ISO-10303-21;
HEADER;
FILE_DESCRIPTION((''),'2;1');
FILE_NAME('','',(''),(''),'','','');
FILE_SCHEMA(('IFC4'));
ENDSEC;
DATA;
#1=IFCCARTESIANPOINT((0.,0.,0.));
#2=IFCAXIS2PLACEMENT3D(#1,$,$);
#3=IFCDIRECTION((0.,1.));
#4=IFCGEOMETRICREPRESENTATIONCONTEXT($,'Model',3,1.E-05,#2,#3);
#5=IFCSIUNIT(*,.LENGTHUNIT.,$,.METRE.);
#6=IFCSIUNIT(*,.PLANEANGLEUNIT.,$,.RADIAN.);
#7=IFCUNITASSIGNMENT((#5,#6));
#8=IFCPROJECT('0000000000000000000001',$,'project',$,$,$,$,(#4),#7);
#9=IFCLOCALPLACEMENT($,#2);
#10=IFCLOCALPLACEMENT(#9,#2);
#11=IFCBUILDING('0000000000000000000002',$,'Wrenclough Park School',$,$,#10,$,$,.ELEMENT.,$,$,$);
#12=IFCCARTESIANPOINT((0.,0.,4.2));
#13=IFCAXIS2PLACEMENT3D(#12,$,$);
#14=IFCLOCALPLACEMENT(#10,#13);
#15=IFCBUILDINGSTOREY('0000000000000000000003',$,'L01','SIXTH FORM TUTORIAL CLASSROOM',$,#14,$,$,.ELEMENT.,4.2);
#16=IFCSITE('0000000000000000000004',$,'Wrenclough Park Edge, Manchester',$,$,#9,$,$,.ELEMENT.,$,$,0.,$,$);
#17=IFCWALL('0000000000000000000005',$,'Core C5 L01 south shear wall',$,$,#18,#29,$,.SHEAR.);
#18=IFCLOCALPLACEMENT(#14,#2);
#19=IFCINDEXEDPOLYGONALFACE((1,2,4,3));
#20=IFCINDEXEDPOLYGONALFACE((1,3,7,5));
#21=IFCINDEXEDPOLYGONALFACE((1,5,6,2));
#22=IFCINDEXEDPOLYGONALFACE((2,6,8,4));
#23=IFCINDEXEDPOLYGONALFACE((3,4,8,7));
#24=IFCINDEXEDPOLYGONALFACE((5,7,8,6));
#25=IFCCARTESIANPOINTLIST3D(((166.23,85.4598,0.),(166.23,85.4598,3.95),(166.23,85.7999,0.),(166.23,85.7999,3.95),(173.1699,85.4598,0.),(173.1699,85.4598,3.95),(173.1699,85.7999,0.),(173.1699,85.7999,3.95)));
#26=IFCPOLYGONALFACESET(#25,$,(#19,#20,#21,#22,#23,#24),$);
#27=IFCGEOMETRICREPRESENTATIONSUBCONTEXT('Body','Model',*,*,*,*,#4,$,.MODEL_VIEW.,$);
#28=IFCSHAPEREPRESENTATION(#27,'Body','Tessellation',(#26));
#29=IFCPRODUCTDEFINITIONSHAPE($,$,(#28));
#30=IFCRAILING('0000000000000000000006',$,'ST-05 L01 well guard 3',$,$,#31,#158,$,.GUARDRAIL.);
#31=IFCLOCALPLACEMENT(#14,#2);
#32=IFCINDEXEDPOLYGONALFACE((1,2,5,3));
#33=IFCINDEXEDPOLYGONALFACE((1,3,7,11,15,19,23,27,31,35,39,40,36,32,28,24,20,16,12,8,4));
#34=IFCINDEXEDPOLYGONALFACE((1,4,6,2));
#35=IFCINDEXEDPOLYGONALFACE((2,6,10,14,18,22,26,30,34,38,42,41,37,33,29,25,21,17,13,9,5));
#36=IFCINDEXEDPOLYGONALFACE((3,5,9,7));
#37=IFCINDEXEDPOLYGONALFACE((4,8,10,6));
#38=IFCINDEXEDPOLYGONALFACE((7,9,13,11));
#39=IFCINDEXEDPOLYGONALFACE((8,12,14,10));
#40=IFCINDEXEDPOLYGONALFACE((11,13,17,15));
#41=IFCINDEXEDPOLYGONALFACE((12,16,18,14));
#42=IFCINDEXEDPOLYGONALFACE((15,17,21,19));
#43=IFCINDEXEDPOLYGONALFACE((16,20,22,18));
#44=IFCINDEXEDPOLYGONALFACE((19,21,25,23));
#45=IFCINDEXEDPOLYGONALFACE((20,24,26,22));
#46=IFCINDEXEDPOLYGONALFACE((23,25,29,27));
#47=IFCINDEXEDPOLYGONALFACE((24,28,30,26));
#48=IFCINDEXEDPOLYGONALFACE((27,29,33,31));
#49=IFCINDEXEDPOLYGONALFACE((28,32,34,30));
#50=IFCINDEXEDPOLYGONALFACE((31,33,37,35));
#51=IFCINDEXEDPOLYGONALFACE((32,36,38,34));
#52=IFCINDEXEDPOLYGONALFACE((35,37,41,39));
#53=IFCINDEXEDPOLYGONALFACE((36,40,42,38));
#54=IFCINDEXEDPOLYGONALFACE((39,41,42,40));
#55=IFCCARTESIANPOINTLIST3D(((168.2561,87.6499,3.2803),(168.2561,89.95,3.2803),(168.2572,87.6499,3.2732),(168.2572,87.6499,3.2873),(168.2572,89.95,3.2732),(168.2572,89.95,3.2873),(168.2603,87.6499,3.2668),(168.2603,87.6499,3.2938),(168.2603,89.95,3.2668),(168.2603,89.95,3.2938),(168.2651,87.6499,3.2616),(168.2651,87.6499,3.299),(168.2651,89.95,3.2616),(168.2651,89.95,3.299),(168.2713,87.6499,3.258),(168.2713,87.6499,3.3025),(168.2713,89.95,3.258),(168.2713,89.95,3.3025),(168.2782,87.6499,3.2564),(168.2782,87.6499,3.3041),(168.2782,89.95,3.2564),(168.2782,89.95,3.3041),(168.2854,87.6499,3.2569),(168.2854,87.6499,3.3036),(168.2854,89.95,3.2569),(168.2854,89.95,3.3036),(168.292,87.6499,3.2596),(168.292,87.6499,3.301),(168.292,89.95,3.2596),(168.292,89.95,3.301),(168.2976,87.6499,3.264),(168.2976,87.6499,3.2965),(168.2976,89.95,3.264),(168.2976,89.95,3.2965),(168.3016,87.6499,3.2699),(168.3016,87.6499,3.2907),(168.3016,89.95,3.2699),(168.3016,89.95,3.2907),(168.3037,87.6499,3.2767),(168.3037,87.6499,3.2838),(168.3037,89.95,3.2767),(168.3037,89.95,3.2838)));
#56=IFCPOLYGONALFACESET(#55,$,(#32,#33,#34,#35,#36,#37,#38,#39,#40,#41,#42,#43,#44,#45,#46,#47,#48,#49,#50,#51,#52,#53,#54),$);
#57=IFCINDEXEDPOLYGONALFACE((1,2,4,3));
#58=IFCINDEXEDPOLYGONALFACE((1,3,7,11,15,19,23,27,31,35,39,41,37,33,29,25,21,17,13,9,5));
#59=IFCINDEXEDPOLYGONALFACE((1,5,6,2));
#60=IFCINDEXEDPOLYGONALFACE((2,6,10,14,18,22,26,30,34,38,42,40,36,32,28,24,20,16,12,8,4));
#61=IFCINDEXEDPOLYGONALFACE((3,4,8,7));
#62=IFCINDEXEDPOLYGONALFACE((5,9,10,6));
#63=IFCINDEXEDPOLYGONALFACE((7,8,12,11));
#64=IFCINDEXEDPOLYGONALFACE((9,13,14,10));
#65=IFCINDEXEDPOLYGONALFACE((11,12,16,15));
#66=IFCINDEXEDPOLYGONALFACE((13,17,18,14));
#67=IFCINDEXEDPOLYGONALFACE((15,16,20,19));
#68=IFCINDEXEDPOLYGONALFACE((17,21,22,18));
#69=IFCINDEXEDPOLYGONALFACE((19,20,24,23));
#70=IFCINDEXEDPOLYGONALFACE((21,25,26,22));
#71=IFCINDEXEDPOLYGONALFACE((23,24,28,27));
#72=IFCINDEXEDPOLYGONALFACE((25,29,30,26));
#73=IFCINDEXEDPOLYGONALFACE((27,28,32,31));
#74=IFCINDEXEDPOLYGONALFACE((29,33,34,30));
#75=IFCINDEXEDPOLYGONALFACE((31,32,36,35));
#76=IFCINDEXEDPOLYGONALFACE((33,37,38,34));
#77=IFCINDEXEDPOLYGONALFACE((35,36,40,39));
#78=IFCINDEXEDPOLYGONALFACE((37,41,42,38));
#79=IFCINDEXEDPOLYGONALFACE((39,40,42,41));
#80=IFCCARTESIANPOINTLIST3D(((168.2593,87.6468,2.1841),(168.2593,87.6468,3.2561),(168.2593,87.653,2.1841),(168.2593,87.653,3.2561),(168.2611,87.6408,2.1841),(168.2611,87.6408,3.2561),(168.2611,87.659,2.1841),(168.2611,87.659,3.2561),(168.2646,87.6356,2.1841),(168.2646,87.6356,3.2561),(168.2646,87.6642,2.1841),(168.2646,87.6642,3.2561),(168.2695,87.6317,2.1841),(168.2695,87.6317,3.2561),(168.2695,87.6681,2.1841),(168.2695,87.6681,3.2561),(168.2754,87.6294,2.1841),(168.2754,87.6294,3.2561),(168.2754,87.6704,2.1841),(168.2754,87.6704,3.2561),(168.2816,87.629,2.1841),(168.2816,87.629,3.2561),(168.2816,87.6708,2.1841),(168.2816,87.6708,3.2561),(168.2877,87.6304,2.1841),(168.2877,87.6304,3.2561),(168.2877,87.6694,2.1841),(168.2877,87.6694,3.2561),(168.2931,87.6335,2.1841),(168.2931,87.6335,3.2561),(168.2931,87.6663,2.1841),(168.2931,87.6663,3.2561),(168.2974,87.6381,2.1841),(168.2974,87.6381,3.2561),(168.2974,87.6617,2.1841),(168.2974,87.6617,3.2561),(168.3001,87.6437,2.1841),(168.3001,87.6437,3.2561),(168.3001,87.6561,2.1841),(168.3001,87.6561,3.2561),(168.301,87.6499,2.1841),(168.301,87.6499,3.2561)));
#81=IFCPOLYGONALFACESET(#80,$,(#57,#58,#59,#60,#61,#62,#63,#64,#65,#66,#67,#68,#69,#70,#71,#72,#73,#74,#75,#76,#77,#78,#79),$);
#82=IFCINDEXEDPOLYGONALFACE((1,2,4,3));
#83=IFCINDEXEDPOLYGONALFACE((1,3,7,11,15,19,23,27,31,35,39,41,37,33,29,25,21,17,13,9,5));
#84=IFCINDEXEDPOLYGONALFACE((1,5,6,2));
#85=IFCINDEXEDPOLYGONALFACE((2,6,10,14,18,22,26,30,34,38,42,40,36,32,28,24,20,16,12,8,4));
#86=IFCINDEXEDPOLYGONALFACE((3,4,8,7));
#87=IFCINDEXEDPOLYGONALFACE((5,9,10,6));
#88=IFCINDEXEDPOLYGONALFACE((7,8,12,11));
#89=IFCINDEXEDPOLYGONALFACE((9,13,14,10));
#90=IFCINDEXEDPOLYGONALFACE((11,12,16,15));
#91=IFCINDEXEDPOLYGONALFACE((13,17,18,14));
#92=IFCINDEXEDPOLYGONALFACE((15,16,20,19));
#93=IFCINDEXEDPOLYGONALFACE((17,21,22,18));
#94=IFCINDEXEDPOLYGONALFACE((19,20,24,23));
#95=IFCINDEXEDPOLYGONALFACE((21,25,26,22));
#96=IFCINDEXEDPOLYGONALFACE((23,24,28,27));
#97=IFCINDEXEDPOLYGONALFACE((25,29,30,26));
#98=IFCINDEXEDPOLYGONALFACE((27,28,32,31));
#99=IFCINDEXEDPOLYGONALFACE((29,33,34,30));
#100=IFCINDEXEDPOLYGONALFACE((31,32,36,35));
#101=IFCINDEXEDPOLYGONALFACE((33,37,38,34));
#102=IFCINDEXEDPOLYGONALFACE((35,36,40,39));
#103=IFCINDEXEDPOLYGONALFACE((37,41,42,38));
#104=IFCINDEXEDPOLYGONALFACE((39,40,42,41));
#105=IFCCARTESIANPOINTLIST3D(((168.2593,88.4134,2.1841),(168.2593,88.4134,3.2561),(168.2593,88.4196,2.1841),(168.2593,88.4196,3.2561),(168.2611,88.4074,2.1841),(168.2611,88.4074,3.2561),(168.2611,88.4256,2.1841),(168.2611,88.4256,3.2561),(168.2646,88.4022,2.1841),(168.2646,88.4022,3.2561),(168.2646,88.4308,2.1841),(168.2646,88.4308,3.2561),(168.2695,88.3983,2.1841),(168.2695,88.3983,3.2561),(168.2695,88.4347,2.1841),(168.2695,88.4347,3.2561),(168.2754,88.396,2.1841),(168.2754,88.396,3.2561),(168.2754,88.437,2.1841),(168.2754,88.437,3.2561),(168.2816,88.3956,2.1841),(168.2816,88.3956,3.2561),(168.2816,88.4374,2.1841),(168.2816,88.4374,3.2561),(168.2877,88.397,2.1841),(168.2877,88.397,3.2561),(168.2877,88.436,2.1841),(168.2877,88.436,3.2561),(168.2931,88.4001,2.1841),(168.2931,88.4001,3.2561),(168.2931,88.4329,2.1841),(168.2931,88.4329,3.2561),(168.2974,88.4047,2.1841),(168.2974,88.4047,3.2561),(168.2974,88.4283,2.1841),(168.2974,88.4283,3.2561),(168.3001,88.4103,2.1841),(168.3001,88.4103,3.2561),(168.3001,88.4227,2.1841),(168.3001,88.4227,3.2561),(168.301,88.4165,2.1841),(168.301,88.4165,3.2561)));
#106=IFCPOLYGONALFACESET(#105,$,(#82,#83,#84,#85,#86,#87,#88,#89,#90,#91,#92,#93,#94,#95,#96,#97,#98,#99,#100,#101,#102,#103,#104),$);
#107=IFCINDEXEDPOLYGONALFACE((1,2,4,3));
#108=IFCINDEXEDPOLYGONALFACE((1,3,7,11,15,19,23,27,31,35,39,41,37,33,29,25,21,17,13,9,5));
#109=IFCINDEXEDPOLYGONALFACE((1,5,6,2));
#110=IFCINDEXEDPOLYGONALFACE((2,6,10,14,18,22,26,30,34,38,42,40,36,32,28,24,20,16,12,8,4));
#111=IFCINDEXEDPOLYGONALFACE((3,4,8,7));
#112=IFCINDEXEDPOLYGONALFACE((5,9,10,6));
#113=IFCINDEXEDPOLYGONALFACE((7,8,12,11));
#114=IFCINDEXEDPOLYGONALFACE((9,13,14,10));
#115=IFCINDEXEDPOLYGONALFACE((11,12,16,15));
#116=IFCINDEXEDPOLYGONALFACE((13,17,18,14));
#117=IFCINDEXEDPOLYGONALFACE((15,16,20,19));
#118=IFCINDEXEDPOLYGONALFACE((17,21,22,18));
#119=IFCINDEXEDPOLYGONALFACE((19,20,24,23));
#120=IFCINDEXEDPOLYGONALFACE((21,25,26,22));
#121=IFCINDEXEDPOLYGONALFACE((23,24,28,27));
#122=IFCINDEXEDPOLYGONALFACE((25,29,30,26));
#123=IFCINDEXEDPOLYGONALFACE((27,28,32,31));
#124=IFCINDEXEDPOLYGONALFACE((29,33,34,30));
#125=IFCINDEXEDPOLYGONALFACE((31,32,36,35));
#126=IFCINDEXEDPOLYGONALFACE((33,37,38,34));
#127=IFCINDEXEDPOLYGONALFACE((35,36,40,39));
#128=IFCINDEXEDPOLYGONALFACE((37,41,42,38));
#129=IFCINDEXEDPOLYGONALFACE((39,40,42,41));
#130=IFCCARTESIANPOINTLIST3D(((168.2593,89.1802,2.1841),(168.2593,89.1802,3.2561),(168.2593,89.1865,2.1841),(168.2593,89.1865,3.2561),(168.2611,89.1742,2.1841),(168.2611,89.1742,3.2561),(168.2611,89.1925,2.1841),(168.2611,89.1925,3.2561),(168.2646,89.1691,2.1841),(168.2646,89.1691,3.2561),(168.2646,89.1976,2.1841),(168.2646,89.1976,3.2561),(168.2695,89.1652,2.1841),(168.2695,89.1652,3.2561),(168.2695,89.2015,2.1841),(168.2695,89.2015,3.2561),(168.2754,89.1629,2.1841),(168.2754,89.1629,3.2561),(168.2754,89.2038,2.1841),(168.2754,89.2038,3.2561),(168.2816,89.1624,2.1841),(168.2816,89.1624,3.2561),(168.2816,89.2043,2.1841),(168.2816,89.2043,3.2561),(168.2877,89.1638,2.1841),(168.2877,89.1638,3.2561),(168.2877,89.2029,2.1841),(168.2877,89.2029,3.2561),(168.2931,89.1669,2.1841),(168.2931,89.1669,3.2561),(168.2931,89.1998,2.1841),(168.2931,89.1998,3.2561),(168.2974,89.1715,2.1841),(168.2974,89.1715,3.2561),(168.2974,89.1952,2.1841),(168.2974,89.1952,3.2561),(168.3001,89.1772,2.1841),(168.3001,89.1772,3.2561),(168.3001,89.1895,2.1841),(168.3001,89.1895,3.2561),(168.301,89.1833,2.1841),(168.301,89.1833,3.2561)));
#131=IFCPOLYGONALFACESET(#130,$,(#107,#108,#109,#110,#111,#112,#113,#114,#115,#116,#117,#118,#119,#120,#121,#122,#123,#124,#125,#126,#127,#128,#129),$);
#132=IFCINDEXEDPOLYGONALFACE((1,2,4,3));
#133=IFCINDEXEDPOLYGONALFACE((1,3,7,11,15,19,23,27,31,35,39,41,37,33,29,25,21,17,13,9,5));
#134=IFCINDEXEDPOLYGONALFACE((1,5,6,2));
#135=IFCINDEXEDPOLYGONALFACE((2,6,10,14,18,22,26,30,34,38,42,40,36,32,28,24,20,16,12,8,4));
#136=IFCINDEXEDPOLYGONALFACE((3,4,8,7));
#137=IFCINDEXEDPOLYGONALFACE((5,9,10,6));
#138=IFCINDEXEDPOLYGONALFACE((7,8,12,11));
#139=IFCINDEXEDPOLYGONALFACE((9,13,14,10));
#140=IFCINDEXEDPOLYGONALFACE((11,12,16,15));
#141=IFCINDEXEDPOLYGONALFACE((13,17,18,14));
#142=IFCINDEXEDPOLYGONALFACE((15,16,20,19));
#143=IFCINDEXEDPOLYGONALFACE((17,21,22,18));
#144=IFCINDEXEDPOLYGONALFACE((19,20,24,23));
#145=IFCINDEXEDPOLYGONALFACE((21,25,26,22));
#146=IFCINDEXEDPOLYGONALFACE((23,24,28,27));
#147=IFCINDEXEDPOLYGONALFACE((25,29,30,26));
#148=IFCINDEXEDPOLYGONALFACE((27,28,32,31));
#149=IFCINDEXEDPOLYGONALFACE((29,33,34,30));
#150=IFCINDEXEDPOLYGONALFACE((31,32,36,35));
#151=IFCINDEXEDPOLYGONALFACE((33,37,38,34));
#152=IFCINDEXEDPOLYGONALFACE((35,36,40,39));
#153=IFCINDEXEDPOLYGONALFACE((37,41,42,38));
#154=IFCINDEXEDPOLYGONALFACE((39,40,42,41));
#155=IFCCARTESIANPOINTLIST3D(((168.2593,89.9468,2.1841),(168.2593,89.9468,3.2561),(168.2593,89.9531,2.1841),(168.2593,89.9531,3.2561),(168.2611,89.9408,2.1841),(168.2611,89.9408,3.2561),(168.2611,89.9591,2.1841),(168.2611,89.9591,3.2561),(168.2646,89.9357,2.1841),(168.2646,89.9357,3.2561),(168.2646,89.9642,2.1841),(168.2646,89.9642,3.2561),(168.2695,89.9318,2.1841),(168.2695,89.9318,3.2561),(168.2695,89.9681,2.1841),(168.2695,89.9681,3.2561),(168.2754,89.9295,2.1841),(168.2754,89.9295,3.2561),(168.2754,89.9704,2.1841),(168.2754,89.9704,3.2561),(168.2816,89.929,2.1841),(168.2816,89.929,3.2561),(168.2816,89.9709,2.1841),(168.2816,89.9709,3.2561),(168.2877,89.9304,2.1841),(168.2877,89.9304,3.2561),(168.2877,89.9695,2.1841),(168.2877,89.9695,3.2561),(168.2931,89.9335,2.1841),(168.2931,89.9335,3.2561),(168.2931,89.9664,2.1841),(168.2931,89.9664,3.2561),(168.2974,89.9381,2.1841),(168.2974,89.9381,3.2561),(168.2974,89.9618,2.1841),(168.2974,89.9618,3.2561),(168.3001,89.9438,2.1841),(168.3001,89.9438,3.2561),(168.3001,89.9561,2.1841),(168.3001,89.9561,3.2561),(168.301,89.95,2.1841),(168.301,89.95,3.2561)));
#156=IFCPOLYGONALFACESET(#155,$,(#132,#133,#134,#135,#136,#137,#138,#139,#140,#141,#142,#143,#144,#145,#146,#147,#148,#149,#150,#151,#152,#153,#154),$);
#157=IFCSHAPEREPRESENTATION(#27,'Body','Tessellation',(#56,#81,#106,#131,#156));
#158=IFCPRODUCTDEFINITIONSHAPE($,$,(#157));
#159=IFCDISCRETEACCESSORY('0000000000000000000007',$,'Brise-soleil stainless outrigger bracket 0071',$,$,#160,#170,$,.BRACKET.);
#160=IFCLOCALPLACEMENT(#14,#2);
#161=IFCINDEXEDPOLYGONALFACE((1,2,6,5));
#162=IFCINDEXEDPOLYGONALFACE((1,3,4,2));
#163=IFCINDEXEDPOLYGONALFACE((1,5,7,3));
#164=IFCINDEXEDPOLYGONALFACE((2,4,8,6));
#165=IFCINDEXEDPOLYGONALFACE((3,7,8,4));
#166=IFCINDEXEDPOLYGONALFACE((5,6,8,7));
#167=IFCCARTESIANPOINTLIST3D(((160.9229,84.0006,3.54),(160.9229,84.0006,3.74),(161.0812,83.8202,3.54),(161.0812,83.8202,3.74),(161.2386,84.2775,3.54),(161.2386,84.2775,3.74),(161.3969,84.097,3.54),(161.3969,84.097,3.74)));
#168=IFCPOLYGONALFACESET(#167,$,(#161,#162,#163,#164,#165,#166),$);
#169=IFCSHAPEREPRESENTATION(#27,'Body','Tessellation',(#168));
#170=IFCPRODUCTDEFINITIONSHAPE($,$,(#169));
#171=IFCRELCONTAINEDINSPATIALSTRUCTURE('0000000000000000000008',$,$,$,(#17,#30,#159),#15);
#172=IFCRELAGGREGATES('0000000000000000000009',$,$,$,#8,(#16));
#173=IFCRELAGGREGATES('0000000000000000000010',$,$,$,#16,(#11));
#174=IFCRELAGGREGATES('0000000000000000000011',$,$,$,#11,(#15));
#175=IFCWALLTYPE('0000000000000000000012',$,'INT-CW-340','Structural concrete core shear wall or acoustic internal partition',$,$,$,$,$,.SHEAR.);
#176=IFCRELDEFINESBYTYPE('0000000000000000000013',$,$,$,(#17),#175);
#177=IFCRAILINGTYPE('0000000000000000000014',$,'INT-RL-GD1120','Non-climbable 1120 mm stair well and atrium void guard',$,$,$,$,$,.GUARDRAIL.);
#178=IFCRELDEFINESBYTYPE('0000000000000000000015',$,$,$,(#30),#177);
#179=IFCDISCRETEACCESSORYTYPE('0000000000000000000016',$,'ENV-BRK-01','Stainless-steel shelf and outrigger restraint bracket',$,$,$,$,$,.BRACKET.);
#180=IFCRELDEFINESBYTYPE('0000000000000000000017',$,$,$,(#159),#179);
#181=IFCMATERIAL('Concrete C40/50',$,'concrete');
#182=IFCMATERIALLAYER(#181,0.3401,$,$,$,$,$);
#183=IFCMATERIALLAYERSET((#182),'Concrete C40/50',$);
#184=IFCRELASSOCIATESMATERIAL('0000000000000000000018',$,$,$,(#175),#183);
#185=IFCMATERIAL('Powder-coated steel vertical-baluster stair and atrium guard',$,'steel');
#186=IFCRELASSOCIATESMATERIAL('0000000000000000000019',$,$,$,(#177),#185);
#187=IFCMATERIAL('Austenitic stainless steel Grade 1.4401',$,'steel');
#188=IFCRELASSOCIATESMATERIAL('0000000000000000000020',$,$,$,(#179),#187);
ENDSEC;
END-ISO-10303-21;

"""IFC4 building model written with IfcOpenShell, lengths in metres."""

from ifc_helpers import new_model, si_unit, direction, frame, frame_2d, origin, origin_2d, place, context, subcontext, project, spatial, rectangle, circle, extrude, material, layer, layer_set, type_object, element, save


model = new_model("IFC4")

# Units and contexts
model_context = context("Model", 3, precision=1e-05, world=origin(), true_north=direction((0.0, 1.0)))
body_context = subcontext(model_context, "Body", "Model", "MODEL_VIEW")
ifc_project = project(units=[si_unit("LENGTHUNIT", "METRE"), si_unit("PLANEANGLEUNIT", "RADIAN")], contexts=[model_context])

# Site, building, storey
site_placement = place(None, origin())
site = spatial("IfcSite", under=ifc_project, at=site_placement, Name="Wrenclough Park Edge, Manchester", CompositionType="ELEMENT", RefElevation=0.0)
building_placement = place(site_placement, origin())
building = spatial("IfcBuilding", under=site, at=building_placement, Name="Wrenclough Park School", CompositionType="ELEMENT")
storey_placement = place(building_placement, frame((0.0, 0.0, 4.2)))
storey = spatial("IfcBuildingStorey", under=building, at=storey_placement, Name="L01", Description="SIXTH FORM TUTORIAL CLASSROOM", CompositionType="ELEMENT", Elevation=4.2)

# Shared definitions
ifc_material_1 = material(Name="Concrete C40/50", Category="concrete")

# Wall
ifc_layer_1 = layer(ifc_material_1, 0.3401)
ifc_layer_set_1 = layer_set([ifc_layer_1], Name="Concrete C40/50")
wall_type_1 = type_object("IfcWallType", Name="INT-CW-340", Description="Structural concrete core shear wall or acoustic internal partition", PredefinedType="SHEAR", material=ifc_layer_set_1)
wall_1_placement = place(storey_placement, frame((166.23, 85.6299, 0.0), z_axis=(0.0, 0.0, 1.0), x_axis=(1.0, 0.0, 0.0)))
element("IfcWall", 1, at=wall_1_placement, inside=storey, type_object=wall_type_1, Name="Core C5 L01 south shear wall", PredefinedType="SHEAR", context=body_context, shape_type="SweptSolid", body=[
    extrude(rectangle(XDim=6.9399, YDim=0.3401, at=frame_2d((3.47, 0.0))), origin(), (0.0, 0.0, 1.0), 3.95),
])

# Railing
ifc_material_2 = material(Name="Powder-coated steel vertical-baluster stair and atrium guard", Category="steel")
railing_type = type_object("IfcRailingType", Name="INT-RL-GD1120", Description="Non-climbable 1120 mm stair well and atrium void guard", PredefinedType="GUARDRAIL", material=ifc_material_2)
railing_placement = place(storey_placement, frame((168.28, 87.6499, 2.1841)))
element("IfcRailing", 2, at=railing_placement, inside=storey, type_object=railing_type, Name="ST-05 L01 well guard 3", PredefinedType="GUARDRAIL", context=body_context, shape_type="SweptSolid", body=[
    extrude(circle(Radius=0.0239, at=origin_2d()), frame((0.0, 0.0, 1.0962), z_axis=(0.0, 1.0, 0.0), x_axis=(-1.0, 0.0, 0.0)), (0.0, 0.0, 1.0), 2.3),
    extrude(circle(Radius=0.021, at=origin_2d()), origin(), (0.0, 0.0, 1.0), 1.072),
    extrude(circle(Radius=0.021, at=origin_2d()), frame((0.0, 0.7666, 0.0)), (0.0, 0.0, 1.0), 1.072),
    extrude(circle(Radius=0.021, at=origin_2d()), frame((0.0, 1.5334, 0.0)), (0.0, 0.0, 1.0), 1.072),
    extrude(circle(Radius=0.021, at=origin_2d()), frame((0.0, 2.3, 0.0)), (0.0, 0.0, 1.0), 1.072),
])

# Discrete accessory
ifc_material_3 = material(Name="Austenitic stainless steel Grade 1.4401", Category="steel")
discrete_accessory_type = type_object("IfcDiscreteAccessoryType", Name="ENV-BRK-01", Description="Stainless-steel shelf and outrigger restraint bracket", PredefinedType="BRACKET", material=ifc_material_3)
discrete_accessory_placement = place(storey_placement, frame((161.1599, 84.0488, 3.54), z_axis=(0.0, 0.0, 1.0), x_axis=(0.659349, -0.751837, 0.0)))
element("IfcDiscreteAccessory", 3, at=discrete_accessory_placement, inside=storey, type_object=discrete_accessory_type, Name="Brise-soleil stainless outrigger bracket 0071", PredefinedType="BRACKET", context=body_context, shape_type="SweptSolid", body=[
    extrude(rectangle(XDim=0.24, YDim=0.4199, at=origin_2d()), origin(), (0.0, 0.0, 1.0), 0.2),
])

save(model, "model.ifc")
